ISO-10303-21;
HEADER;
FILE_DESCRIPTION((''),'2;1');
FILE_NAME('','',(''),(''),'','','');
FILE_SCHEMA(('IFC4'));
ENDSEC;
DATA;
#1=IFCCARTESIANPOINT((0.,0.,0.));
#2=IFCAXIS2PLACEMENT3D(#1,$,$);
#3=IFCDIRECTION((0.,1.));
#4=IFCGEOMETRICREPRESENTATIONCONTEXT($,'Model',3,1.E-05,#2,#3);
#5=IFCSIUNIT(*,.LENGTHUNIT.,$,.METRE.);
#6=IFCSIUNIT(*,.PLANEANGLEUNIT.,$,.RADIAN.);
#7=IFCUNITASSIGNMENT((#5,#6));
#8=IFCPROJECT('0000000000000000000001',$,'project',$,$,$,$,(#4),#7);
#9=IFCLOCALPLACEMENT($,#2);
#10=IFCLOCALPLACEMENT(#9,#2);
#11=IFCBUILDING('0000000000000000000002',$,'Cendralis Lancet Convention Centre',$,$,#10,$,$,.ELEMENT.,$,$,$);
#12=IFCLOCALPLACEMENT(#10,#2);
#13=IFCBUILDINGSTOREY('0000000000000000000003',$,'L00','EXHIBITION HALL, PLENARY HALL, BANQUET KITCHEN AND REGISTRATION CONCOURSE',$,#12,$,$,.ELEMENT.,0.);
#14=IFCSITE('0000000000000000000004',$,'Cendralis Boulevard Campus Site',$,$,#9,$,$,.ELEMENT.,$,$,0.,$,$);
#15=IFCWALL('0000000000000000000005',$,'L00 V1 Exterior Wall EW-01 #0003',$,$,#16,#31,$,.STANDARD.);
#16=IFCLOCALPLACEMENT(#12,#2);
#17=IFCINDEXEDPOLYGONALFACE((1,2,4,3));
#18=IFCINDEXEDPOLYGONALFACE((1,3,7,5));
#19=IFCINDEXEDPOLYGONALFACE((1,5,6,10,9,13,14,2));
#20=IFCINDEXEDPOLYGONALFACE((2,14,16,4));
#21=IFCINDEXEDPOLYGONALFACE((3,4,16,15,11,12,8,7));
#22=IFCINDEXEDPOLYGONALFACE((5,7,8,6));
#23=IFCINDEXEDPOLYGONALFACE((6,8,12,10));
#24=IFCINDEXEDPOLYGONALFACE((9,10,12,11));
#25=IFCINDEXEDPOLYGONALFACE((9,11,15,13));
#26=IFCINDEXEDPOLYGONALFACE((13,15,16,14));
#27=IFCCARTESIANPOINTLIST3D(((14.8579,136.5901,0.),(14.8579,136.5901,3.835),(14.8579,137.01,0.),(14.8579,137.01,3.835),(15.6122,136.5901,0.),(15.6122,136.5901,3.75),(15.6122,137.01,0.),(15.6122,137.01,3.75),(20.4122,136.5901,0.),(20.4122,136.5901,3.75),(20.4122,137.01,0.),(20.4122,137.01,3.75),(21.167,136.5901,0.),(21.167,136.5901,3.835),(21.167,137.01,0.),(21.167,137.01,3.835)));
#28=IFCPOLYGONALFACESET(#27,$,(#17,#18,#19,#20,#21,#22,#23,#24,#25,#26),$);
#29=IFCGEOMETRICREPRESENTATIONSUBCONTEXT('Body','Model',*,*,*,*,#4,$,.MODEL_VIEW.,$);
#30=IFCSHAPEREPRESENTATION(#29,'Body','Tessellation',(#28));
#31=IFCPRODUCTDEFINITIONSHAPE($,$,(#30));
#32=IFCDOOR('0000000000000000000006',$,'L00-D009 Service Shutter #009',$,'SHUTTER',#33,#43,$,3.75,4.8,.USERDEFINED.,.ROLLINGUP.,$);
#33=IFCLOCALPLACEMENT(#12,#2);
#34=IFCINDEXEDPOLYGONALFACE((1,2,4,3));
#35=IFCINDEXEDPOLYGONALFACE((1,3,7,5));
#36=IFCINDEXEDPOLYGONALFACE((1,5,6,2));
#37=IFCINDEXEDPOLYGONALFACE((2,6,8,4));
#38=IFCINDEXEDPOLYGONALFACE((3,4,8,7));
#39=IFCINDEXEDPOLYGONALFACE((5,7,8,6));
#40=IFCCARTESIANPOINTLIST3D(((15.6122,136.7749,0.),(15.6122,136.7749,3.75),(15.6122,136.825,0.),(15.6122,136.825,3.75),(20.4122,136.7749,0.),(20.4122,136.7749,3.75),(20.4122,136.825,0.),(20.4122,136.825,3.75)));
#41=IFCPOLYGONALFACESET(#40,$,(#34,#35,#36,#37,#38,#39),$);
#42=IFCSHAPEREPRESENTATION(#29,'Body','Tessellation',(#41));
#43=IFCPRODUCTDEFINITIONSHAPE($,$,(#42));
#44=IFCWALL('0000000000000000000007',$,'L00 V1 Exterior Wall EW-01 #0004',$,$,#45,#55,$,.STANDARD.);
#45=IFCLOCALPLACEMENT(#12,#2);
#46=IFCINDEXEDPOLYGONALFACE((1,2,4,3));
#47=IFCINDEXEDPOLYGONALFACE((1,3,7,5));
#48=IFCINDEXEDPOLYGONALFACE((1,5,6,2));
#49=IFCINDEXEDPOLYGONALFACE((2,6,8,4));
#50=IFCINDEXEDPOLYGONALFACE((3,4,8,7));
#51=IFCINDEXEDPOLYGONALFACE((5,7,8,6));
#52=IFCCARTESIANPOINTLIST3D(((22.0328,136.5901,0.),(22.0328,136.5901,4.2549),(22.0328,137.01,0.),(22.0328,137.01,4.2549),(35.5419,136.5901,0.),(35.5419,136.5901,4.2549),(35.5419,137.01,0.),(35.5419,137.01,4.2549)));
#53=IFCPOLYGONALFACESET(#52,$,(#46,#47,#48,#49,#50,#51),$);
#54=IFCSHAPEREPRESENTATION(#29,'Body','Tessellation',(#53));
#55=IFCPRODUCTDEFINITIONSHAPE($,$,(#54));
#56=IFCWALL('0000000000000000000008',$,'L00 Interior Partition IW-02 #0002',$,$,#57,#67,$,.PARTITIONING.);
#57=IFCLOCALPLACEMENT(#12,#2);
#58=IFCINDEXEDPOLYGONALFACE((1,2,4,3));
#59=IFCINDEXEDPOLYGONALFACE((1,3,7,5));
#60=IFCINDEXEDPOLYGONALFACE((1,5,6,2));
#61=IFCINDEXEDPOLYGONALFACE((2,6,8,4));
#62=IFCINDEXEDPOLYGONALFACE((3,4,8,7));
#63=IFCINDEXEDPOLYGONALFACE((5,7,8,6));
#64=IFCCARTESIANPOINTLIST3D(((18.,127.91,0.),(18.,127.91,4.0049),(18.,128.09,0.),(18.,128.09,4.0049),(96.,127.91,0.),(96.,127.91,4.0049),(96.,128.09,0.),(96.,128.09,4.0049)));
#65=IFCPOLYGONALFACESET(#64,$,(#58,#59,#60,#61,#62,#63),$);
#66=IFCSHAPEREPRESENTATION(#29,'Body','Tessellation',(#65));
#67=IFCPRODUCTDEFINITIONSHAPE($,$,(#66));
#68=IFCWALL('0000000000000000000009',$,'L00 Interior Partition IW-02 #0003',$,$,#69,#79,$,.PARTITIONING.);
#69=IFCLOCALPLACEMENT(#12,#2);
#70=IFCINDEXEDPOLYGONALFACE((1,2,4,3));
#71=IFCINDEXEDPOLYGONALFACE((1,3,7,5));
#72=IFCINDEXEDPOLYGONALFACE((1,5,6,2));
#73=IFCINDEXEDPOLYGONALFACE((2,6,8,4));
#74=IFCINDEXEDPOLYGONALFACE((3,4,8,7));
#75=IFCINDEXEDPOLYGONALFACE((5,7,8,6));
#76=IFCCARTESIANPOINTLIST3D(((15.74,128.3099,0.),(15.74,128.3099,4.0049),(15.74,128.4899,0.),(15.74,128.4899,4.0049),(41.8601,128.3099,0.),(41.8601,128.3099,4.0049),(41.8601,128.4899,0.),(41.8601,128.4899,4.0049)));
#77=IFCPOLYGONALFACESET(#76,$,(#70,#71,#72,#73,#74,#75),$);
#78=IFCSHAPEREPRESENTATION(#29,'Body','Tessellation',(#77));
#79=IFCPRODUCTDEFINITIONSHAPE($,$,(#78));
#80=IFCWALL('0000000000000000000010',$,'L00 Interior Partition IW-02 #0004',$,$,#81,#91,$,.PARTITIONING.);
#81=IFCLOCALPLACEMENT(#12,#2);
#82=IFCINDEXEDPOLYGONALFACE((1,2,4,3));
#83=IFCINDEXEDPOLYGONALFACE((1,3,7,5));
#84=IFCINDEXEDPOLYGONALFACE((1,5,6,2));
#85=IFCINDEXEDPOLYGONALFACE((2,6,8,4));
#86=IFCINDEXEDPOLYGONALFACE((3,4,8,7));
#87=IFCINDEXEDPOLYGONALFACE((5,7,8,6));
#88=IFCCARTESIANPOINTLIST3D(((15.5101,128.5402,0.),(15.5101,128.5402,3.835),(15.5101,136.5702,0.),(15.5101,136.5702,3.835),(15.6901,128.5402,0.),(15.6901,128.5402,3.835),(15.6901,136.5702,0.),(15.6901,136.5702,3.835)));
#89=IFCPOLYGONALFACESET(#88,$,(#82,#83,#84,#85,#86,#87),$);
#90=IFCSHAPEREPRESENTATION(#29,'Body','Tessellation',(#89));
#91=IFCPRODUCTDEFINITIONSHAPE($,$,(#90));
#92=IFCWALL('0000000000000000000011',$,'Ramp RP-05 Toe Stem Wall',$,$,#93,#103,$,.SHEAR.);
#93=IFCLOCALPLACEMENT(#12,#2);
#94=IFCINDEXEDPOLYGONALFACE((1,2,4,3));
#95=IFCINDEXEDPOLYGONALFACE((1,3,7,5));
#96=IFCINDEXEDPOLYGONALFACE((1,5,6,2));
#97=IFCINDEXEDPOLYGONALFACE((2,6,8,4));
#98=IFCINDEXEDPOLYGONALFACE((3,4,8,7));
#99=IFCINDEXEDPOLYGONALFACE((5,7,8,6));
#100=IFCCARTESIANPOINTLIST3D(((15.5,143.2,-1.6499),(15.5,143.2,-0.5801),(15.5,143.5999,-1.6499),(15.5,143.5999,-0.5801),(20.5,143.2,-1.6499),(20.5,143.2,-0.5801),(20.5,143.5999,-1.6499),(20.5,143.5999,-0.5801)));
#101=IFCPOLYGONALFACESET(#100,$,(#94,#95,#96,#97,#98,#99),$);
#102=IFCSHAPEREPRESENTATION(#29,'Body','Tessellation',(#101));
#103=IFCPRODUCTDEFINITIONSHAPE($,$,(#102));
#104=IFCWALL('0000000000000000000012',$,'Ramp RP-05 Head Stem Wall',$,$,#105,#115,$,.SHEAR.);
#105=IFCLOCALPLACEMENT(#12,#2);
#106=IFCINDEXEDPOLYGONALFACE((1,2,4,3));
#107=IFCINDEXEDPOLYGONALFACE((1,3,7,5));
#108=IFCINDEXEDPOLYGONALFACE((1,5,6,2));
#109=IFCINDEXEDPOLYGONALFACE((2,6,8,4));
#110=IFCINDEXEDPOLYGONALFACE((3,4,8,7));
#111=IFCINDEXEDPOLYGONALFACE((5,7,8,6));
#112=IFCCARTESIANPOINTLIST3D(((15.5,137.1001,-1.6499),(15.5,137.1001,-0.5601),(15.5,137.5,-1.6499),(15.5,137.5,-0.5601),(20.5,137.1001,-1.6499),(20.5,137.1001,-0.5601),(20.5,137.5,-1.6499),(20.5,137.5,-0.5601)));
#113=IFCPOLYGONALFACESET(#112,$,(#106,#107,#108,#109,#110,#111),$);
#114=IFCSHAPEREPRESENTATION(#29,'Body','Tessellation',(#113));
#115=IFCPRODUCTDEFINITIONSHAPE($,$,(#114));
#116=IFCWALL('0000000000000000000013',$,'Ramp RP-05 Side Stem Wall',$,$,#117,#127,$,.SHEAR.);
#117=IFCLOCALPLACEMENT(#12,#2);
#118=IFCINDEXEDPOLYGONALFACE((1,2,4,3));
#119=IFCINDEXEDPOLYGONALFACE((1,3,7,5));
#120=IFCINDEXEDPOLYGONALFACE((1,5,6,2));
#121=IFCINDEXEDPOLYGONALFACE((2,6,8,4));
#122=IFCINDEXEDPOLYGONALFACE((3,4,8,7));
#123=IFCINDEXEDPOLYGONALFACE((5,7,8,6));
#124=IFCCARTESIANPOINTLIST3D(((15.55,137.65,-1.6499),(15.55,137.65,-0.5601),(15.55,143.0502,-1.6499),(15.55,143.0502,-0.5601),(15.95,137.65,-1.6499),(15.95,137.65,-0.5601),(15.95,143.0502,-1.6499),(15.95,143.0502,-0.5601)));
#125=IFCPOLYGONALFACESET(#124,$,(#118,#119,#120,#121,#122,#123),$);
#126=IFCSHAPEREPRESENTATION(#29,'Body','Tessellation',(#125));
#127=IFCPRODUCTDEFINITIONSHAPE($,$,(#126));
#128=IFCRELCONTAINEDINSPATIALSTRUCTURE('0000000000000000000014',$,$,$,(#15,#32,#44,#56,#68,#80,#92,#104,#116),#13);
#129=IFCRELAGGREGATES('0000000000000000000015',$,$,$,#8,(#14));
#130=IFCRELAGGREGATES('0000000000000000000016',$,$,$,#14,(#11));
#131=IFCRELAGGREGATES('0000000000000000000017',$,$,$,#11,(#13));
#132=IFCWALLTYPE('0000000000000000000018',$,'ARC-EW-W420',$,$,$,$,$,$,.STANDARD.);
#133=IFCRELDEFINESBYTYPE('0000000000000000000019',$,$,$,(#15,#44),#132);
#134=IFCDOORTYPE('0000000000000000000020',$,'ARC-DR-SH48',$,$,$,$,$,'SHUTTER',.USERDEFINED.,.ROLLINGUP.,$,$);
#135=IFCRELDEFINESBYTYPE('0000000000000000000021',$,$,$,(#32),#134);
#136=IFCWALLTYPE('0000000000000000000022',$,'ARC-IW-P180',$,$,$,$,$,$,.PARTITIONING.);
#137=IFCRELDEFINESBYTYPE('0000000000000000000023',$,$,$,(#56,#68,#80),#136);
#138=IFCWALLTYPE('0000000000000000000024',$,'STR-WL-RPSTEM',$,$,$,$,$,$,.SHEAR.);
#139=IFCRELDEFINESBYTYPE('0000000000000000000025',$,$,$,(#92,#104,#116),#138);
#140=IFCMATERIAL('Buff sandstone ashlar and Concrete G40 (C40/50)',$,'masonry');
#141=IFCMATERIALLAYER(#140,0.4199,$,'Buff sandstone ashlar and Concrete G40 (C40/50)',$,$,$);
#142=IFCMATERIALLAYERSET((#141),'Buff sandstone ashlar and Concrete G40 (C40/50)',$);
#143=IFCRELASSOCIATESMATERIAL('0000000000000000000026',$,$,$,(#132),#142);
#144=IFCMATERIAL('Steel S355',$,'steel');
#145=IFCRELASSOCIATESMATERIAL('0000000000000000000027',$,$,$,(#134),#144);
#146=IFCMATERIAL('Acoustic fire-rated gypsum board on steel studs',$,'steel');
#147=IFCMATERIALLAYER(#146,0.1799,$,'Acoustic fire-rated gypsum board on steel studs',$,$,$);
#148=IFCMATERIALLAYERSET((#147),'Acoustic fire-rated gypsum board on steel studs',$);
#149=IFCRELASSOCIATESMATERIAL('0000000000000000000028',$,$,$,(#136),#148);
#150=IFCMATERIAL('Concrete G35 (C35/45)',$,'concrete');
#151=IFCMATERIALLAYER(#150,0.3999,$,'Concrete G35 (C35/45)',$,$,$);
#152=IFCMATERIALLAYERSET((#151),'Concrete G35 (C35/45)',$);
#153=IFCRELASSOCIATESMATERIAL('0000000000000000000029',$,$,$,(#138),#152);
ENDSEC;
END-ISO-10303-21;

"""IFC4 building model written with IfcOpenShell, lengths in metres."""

from ifc_helpers import new_model, si_unit, direction, frame, frame_2d, origin, place, context, subcontext, project, spatial, rectangle, extrude, material, layer, layer_set, type_object, element, fill, save


model = new_model("IFC4")

# Units and contexts
model_context = context("Model", 3, precision=1e-05, world=origin(), true_north=direction((0.0, 1.0)))
body_context = subcontext(model_context, "Body", "Model", "MODEL_VIEW")
ifc_project = project(units=[si_unit("LENGTHUNIT", "METRE"), si_unit("PLANEANGLEUNIT", "RADIAN")], contexts=[model_context])

# Site, building, storey
site_placement = place(None, origin())
site = spatial("IfcSite", under=ifc_project, at=site_placement, Name="Cendralis Boulevard Campus Site", CompositionType="ELEMENT", RefElevation=0.0)
building_placement = place(site_placement, origin())
building = spatial("IfcBuilding", under=site, at=building_placement, Name="Cendralis Lancet Convention Centre", CompositionType="ELEMENT")
storey_placement = place(building_placement, origin())
storey = spatial("IfcBuildingStorey", under=building, at=storey_placement, Name="L00", Description="EXHIBITION HALL, PLENARY HALL, BANQUET KITCHEN AND REGISTRATION CONCOURSE", CompositionType="ELEMENT", Elevation=0.0)

# Shared definitions
ifc_material_1 = material(Name="Concrete G35 (C35/45)", Category="concrete")

# Shared definitions
ifc_material_2 = material(Name="Steel S355", Category="steel")

# Wall, opening, door
ifc_material_3 = material(Name="Buff sandstone ashlar and Concrete G40 (C40/50)", Category="masonry")
ifc_layer_1 = layer(ifc_material_3, 0.4199, Name="Buff sandstone ashlar and Concrete G40 (C40/50)")
ifc_layer_set_1 = layer_set([ifc_layer_1], Name="Buff sandstone ashlar and Concrete G40 (C40/50)")
wall_type_1 = type_object("IfcWallType", Name="ARC-EW-W420", PredefinedType="STANDARD", material=ifc_layer_set_1)
wall_1_placement = place(storey_placement, frame((14.8579, 136.8, 0.0), z_axis=(0.0, 0.0, 1.0), x_axis=(1.0, 0.0, 0.0)))
wall_1 = element("IfcWall", 1, at=wall_1_placement, inside=storey, type_object=wall_type_1, Name="L00 V1 Exterior Wall EW-01 #0003", PredefinedType="STANDARD", context=body_context, shape_type="SweptSolid", body=[
    extrude(rectangle(XDim=6.3091, YDim=0.4199, at=frame_2d((3.1545, 0.0))), origin(), (0.0, 0.0, 1.0), 3.835),
])
opening_placement = place(wall_1_placement, frame((0.7544, 0.0, 0.0)))
opening = element("IfcOpeningElement", 2, at=opening_placement, cuts=wall_1, PredefinedType="OPENING", context=body_context, shape_type="SweptSolid", body=[
    extrude(rectangle(XDim=4.8, YDim=3.75, at=frame_2d((2.3999, 1.875))), frame((0.0, 0.22, 0.0), z_axis=(0.0, -1.0, 0.0), x_axis=(1.0, 0.0, 0.0)), (0.0, 0.0, 1.0), 0.4399),
])
door_type = type_object("IfcDoorType", Name="ARC-DR-SH48", ElementType="SHUTTER", OperationType="ROLLINGUP", PredefinedType="USERDEFINED", material=ifc_material_2)
door_placement = place(opening_placement, origin())
door = element("IfcDoor", 3, at=door_placement, inside=storey, type_object=door_type, Name="L00-D009 Service Shutter #009", ObjectType="SHUTTER", OperationType="ROLLINGUP", OverallHeight=3.75, OverallWidth=4.8, PredefinedType="USERDEFINED", context=body_context, shape_type="SweptSolid", body=[
    extrude(rectangle(XDim=4.8, YDim=3.75, at=frame_2d((2.3999, 1.875))), frame((0.0, 0.0249, 0.0), z_axis=(0.0, -1.0, 0.0), x_axis=(1.0, 0.0, 0.0)), (0.0, 0.0, 1.0), 0.05),
])
fill(opening, door)

# Walls
wall_2_placement = place(storey_placement, frame((22.033, 136.8, 0.0), z_axis=(0.0, 0.0, 1.0), x_axis=(1.0, 0.0, 0.0)))
element("IfcWall", 4, at=wall_2_placement, inside=storey, type_object=wall_type_1, Name="L00 V1 Exterior Wall EW-01 #0004", PredefinedType="STANDARD", context=body_context, shape_type="SweptSolid", body=[
    extrude(rectangle(XDim=13.509, YDim=0.4199, at=frame_2d((6.7544, 0.0))), origin(), (0.0, 0.0, 1.0), 4.2549),
])
ifc_material_4 = material(Name="Acoustic fire-rated gypsum board on steel studs", Category="steel")
ifc_layer_2 = layer(ifc_material_4, 0.1799, Name="Acoustic fire-rated gypsum board on steel studs")
ifc_layer_set_2 = layer_set([ifc_layer_2], Name="Acoustic fire-rated gypsum board on steel studs")
wall_type_2 = type_object("IfcWallType", Name="ARC-IW-P180", PredefinedType="PARTITIONING", material=ifc_layer_set_2)
wall_3_placement = place(storey_placement, frame((18.0, 128.0, 0.0), z_axis=(0.0, 0.0, 1.0), x_axis=(1.0, 0.0, 0.0)))
element("IfcWall", 5, at=wall_3_placement, inside=storey, type_object=wall_type_2, Name="L00 Interior Partition IW-02 #0002", PredefinedType="PARTITIONING", context=body_context, shape_type="SweptSolid", body=[
    extrude(rectangle(XDim=78.0, YDim=0.1799, at=frame_2d((39.0, 0.0))), origin(), (0.0, 0.0, 1.0), 4.0049),
])
wall_4_placement = place(storey_placement, frame((15.74, 128.3999, 0.0), z_axis=(0.0, 0.0, 1.0), x_axis=(1.0, 0.0, 0.0)))
element("IfcWall", 6, at=wall_4_placement, inside=storey, type_object=wall_type_2, Name="L00 Interior Partition IW-02 #0003", PredefinedType="PARTITIONING", context=body_context, shape_type="SweptSolid", body=[
    extrude(rectangle(XDim=26.1201, YDim=0.1799, at=frame_2d((13.0601, 0.0))), origin(), (0.0, 0.0, 1.0), 4.0049),
])
wall_5_placement = place(storey_placement, frame((15.6001, 128.54, 0.0), z_axis=(0.0, 0.0, 1.0), x_axis=(0.0, 1.0, 0.0)))
element("IfcWall", 7, at=wall_5_placement, inside=storey, type_object=wall_type_2, Name="L00 Interior Partition IW-02 #0004", PredefinedType="PARTITIONING", context=body_context, shape_type="SweptSolid", body=[
    extrude(rectangle(XDim=8.03, YDim=0.1799, at=frame_2d((4.0151, 0.0))), origin(), (0.0, 0.0, 1.0), 3.835),
])
ifc_layer_3 = layer(ifc_material_1, 0.3999, Name="Concrete G35 (C35/45)")
ifc_layer_set_3 = layer_set([ifc_layer_3], Name="Concrete G35 (C35/45)")
wall_type_3 = type_object("IfcWallType", Name="STR-WL-RPSTEM", PredefinedType="SHEAR", material=ifc_layer_set_3)
wall_6_placement = place(storey_placement, frame((15.5, 143.3999, -1.6499), z_axis=(0.0, 0.0, 1.0), x_axis=(1.0, 0.0, 0.0)))
element("IfcWall", 8, at=wall_6_placement, inside=storey, type_object=wall_type_3, Name="Ramp RP-05 Toe Stem Wall", PredefinedType="SHEAR", context=body_context, shape_type="SweptSolid", body=[
    extrude(rectangle(XDim=5.0, YDim=0.3999, at=frame_2d((2.5, 0.0))), origin(), (0.0, 0.0, 1.0), 1.0698),
])
wall_7_placement = place(storey_placement, frame((15.5, 137.3, -1.6499), z_axis=(0.0, 0.0, 1.0), x_axis=(1.0, 0.0, 0.0)))
element("IfcWall", 9, at=wall_7_placement, inside=storey, type_object=wall_type_3, Name="Ramp RP-05 Head Stem Wall", PredefinedType="SHEAR", context=body_context, shape_type="SweptSolid", body=[
    extrude(rectangle(XDim=5.0, YDim=0.3999, at=frame_2d((2.5, 0.0))), origin(), (0.0, 0.0, 1.0), 1.0898),
])
wall_8_placement = place(storey_placement, frame((15.75, 137.6499, -1.6499), z_axis=(0.0, 0.0, 1.0), x_axis=(0.0, 1.0, 0.0)))
element("IfcWall", 10, at=wall_8_placement, inside=storey, type_object=wall_type_3, Name="Ramp RP-05 Side Stem Wall", PredefinedType="SHEAR", context=body_context, shape_type="SweptSolid", body=[
    extrude(rectangle(XDim=5.4001, YDim=0.3999, at=frame_2d((2.7002, 0.0))), origin(), (0.0, 0.0, 1.0), 1.0898),
])

save(model, "model.ifc")
